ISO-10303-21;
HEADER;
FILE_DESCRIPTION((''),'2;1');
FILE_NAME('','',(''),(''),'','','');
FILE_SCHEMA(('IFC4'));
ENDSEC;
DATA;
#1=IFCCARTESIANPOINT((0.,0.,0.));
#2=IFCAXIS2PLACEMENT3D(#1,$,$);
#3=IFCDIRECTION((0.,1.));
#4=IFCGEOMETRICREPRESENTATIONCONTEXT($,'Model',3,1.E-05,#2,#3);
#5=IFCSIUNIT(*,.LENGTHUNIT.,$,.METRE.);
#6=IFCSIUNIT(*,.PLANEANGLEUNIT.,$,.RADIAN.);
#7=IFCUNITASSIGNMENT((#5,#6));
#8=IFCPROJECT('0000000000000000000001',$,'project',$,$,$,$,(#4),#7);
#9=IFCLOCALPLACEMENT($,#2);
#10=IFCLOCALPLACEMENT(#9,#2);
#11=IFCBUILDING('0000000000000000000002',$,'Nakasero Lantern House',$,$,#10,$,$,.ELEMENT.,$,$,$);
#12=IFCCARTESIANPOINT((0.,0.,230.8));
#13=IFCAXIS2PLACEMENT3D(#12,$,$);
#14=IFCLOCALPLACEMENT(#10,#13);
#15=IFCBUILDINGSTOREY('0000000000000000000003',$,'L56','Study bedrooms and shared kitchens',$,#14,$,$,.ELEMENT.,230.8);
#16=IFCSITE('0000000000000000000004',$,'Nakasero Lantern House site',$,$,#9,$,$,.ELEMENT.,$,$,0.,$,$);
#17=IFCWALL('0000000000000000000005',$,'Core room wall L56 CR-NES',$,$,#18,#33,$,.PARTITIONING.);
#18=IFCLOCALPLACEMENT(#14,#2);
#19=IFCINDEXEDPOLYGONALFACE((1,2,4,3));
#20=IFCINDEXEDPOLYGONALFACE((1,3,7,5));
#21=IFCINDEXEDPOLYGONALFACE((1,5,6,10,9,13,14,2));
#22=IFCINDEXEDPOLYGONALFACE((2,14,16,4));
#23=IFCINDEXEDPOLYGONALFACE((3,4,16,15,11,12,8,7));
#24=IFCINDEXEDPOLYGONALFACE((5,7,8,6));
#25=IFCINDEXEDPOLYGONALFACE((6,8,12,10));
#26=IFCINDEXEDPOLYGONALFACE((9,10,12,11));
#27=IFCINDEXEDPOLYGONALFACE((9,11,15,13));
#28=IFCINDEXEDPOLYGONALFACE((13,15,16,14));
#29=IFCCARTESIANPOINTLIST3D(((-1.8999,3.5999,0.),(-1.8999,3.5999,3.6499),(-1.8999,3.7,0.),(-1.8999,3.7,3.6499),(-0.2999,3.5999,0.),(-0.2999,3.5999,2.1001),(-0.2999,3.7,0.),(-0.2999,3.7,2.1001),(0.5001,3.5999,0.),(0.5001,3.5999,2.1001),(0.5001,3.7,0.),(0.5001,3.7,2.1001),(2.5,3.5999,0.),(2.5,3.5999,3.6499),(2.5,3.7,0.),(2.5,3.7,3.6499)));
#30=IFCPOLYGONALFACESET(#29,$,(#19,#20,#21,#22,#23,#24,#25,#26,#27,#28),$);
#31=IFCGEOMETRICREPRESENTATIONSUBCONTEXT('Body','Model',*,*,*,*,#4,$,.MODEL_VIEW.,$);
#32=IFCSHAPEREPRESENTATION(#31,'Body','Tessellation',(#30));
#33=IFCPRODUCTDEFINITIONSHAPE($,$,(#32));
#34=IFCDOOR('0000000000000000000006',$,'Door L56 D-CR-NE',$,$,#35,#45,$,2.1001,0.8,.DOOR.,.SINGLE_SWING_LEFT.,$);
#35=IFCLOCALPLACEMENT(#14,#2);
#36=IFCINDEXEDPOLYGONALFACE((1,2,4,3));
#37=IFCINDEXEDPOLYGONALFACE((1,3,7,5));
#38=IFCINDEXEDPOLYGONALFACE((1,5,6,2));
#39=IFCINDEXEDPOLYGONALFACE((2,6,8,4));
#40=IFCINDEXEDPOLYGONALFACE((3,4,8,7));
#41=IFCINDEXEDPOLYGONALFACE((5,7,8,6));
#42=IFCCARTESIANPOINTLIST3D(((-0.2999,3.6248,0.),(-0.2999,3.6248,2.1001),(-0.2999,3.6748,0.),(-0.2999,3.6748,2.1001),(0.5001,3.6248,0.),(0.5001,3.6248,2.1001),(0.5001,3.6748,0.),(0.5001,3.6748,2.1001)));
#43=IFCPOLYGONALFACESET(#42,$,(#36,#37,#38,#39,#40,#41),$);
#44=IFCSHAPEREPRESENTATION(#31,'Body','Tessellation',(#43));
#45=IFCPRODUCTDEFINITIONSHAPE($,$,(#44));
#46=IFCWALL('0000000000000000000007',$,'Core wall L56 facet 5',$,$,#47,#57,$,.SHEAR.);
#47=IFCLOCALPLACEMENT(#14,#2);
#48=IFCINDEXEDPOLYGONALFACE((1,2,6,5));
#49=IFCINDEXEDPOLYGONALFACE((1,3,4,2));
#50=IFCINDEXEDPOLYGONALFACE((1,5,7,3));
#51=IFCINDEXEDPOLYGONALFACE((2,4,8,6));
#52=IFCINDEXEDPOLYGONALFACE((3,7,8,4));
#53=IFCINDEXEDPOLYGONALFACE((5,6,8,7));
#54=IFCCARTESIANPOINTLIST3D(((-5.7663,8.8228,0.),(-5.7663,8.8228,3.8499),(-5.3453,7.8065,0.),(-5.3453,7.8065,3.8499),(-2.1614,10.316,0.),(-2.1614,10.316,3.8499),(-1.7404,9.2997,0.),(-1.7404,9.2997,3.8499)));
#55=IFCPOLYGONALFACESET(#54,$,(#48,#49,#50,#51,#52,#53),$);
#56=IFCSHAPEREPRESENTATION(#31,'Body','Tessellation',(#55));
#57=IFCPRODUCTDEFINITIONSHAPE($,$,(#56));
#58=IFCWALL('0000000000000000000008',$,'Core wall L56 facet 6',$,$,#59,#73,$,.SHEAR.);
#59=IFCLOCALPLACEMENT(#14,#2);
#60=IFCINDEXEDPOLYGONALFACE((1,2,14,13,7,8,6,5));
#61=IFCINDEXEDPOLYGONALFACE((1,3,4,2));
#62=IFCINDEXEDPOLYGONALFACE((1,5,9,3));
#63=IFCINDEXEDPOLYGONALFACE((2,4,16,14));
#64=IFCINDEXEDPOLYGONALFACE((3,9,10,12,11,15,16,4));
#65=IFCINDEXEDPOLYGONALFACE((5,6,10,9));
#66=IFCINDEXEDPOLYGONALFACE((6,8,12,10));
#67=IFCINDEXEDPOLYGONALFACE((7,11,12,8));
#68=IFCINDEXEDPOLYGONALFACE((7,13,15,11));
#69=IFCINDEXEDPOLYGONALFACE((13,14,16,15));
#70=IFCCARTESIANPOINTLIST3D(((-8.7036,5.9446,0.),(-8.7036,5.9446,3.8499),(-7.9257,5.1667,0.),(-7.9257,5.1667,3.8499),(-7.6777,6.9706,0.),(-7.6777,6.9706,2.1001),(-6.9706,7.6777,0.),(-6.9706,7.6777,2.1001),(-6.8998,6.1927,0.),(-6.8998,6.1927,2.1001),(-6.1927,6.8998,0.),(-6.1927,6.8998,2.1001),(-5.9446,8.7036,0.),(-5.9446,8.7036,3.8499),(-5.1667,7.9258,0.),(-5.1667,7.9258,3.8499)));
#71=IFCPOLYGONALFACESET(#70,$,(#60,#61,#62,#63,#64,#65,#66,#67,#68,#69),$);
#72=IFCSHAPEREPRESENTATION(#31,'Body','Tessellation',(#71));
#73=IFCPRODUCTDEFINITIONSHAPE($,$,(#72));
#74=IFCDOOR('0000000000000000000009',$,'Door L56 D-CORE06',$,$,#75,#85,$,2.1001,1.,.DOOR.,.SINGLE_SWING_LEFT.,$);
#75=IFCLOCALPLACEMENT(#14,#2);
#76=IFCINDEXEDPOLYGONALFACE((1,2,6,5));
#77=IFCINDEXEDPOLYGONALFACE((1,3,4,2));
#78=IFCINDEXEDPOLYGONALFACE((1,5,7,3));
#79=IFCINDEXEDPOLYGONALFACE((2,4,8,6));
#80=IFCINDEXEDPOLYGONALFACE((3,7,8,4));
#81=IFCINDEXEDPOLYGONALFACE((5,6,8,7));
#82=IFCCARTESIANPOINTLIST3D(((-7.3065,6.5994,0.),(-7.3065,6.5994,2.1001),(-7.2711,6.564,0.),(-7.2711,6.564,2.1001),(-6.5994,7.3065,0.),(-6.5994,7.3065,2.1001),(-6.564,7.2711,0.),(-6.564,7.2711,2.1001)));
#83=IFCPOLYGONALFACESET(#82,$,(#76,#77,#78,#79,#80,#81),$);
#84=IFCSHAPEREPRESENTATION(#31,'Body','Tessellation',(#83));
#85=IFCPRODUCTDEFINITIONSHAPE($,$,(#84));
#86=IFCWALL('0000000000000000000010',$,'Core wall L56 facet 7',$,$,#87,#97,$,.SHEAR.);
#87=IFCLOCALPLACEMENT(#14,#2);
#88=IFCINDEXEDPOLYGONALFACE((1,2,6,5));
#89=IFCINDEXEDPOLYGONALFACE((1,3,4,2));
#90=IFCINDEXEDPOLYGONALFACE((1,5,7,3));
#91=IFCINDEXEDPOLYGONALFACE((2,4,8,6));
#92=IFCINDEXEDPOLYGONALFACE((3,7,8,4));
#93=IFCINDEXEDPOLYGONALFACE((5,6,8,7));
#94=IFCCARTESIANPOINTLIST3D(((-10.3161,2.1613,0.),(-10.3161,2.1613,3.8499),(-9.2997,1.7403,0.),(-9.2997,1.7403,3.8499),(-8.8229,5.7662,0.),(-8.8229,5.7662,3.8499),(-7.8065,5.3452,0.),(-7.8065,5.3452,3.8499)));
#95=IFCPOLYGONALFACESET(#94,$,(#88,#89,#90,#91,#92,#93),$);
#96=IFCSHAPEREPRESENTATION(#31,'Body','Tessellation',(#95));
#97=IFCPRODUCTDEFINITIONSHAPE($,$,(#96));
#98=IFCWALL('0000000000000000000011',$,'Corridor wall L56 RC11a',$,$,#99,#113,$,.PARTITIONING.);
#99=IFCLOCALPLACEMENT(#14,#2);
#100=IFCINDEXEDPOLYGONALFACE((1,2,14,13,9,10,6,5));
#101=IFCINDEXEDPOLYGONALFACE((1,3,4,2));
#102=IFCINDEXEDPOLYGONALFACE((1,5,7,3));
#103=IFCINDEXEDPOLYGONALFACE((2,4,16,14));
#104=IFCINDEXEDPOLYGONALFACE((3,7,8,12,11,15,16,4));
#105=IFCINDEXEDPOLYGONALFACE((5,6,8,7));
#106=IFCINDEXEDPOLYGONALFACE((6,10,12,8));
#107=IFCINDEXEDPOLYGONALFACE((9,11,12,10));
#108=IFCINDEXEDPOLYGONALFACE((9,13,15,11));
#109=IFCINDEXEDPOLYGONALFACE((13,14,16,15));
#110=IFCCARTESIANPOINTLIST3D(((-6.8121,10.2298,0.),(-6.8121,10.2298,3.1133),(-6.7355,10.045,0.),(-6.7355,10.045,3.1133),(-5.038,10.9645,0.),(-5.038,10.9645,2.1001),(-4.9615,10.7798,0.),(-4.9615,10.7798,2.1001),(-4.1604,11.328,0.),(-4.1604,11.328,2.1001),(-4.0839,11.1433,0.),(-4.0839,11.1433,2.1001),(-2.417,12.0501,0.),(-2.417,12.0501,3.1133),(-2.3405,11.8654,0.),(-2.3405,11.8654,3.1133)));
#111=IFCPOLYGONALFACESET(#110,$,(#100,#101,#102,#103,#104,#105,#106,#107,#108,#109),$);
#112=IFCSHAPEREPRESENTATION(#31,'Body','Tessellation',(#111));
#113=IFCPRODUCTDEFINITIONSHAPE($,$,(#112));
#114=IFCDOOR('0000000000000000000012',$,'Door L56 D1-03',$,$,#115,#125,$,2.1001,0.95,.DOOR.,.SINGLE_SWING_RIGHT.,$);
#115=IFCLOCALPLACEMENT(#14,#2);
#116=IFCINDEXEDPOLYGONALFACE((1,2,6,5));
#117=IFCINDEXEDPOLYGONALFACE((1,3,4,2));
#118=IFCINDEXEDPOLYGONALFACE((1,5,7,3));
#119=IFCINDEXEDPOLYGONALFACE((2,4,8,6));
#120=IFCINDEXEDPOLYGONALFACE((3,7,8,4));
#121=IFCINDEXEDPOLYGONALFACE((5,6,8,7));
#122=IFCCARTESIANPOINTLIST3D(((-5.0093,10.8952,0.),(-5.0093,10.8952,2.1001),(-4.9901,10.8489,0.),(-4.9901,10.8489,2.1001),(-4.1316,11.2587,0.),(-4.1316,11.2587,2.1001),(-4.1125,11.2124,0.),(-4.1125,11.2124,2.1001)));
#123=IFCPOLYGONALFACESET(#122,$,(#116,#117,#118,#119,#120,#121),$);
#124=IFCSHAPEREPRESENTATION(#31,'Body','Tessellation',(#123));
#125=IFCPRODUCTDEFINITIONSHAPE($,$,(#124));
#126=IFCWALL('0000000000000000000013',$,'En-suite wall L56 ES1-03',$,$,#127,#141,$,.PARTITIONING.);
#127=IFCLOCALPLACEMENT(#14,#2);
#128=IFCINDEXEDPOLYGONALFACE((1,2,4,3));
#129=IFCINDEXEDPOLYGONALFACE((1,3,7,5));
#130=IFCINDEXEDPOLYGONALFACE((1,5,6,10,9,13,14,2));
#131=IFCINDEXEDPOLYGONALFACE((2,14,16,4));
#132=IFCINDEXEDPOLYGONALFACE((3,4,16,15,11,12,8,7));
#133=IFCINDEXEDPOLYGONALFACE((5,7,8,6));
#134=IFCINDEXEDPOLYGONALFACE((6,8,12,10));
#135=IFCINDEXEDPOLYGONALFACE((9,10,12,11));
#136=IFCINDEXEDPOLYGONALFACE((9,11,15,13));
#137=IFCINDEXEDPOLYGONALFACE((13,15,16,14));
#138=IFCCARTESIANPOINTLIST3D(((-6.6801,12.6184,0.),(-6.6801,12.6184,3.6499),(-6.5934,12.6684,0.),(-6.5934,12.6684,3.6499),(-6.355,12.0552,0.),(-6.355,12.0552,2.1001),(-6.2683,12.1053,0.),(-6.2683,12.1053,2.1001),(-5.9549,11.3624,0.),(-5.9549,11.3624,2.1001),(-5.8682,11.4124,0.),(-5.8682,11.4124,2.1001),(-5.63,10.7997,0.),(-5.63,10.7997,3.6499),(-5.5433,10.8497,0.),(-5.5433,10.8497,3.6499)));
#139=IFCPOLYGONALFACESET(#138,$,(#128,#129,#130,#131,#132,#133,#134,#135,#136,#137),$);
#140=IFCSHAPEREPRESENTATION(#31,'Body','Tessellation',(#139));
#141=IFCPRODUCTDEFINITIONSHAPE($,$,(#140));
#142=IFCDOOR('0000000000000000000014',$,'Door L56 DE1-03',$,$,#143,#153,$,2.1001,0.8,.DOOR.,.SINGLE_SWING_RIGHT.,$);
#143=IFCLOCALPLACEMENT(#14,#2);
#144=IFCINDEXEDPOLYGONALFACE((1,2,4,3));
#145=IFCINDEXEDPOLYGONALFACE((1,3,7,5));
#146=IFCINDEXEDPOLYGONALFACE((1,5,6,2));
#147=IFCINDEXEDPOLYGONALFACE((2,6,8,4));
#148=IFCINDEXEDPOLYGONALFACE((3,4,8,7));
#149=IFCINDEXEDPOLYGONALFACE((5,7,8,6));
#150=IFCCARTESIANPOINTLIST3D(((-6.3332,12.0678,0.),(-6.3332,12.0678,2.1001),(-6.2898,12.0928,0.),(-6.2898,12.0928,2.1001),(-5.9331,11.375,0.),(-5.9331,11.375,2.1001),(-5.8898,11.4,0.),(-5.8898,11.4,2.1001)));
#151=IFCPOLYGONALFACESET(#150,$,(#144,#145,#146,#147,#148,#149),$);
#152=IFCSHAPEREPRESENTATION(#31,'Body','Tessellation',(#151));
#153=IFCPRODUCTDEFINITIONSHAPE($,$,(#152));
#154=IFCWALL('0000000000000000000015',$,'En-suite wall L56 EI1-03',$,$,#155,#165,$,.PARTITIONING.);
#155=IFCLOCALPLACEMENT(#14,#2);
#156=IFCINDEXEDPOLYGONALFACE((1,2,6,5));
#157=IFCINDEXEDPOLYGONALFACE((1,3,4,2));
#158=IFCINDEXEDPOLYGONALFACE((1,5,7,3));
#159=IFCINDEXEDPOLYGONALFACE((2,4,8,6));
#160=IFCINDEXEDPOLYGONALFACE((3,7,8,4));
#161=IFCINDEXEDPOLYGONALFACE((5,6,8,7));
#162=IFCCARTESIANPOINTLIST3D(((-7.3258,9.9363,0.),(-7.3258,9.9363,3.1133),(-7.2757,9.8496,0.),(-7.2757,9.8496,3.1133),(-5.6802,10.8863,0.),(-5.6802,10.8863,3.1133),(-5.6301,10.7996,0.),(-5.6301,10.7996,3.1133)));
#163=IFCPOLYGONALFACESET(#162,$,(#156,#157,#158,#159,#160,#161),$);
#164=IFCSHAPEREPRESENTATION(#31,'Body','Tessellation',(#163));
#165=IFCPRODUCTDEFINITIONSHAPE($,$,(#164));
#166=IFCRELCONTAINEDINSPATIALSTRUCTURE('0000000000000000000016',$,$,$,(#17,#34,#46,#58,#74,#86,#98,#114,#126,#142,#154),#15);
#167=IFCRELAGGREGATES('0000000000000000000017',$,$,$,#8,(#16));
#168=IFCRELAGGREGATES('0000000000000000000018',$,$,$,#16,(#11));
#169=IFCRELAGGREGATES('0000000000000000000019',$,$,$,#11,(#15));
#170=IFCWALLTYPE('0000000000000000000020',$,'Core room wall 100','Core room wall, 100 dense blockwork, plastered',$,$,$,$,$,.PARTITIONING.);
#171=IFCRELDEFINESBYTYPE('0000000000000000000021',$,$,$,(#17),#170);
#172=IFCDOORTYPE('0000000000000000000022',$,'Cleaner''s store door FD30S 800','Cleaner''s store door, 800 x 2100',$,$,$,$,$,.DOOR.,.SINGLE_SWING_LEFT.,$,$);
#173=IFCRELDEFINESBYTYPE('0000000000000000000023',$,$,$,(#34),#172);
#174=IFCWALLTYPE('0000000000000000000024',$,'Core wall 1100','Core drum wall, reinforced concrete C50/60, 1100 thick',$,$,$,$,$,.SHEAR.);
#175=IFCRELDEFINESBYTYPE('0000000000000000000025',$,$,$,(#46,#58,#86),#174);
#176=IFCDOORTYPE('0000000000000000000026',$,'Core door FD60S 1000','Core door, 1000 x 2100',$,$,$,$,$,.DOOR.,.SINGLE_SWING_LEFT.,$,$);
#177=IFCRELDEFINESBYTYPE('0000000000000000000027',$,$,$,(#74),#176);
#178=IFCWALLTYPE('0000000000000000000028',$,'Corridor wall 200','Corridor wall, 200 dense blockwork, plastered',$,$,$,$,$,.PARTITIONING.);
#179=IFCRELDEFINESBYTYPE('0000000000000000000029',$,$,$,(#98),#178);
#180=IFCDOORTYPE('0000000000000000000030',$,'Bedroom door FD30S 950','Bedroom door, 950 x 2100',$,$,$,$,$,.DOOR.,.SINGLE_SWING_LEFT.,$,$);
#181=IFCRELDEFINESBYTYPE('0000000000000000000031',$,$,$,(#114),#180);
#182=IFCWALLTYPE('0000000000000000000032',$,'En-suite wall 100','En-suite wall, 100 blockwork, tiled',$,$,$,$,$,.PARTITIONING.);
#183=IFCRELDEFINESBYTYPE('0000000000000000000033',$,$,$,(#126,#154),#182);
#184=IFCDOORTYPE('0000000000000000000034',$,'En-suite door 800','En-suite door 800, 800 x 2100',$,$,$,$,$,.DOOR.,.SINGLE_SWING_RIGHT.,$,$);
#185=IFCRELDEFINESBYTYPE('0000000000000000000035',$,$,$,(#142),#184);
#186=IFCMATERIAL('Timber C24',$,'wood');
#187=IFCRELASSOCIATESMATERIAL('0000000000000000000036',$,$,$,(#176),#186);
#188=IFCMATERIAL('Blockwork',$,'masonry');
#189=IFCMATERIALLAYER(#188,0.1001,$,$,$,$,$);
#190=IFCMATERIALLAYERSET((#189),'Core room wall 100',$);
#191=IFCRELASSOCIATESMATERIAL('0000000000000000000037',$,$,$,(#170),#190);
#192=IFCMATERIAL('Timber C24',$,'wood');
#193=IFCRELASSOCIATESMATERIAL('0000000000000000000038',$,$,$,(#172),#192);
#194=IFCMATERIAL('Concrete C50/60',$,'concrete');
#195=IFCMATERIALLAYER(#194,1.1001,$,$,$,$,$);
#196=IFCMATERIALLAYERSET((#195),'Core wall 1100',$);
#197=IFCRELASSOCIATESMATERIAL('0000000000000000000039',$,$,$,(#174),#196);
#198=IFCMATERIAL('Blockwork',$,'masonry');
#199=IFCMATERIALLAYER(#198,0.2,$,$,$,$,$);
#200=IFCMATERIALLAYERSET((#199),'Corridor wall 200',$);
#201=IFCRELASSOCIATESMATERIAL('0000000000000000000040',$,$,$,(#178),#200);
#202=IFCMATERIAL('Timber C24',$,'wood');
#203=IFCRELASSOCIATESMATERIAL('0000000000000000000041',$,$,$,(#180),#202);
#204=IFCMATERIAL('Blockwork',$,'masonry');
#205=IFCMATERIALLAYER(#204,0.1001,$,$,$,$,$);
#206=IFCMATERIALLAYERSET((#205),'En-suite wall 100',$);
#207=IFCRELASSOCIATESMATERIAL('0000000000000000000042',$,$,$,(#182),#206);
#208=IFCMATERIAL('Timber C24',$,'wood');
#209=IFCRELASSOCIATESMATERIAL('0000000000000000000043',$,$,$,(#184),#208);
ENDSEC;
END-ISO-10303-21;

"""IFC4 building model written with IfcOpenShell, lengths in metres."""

from ifc_helpers import new_model, si_unit, direction, frame, frame_2d, origin, place, context, subcontext, project, spatial, rectangle, extrude, material, layer, layer_set, type_object, element, fill, save


model = new_model("IFC4")

# Units and contexts
model_context = context("Model", 3, precision=1e-05, world=origin(), true_north=direction((0.0, 1.0)))
body_context = subcontext(model_context, "Body", "Model", "MODEL_VIEW")
ifc_project = project(units=[si_unit("LENGTHUNIT", "METRE"), si_unit("PLANEANGLEUNIT", "RADIAN")], contexts=[model_context])

# Site, building, storey
site_placement = place(None, origin())
site = spatial("IfcSite", under=ifc_project, at=site_placement, Name="Nakasero Lantern House site", CompositionType="ELEMENT", RefElevation=0.0)
building_placement = place(site_placement, origin())
building = spatial("IfcBuilding", under=site, at=building_placement, Name="Nakasero Lantern House", CompositionType="ELEMENT")
storey_placement = place(building_placement, frame((0.0, 0.0, 230.8)))
storey = spatial("IfcBuildingStorey", under=building, at=storey_placement, Name="L56", Description="Study bedrooms and shared kitchens", CompositionType="ELEMENT", Elevation=230.8)

# Shared definitions
ifc_material_1 = material(Name="Timber C24", Category="wood")
door_type_1 = type_object("IfcDoorType", Name="Core door FD60S 1000", Description="Core door, 1000 x 2100", OperationType="SINGLE_SWING_LEFT", PredefinedType="DOOR", material=ifc_material_1)

# Wall, opening, door
ifc_material_2 = material(Name="Blockwork", Category="masonry")
ifc_layer_1 = layer(ifc_material_2, 0.1001)
ifc_layer_set_1 = layer_set([ifc_layer_1], Name="Core room wall 100")
wall_type_1 = type_object("IfcWallType", Name="Core room wall 100", Description="Core room wall, 100 dense blockwork, plastered", PredefinedType="PARTITIONING", material=ifc_layer_set_1)
wall_1_placement = place(storey_placement, frame((-1.8999, 3.6499, 0.0), z_axis=(0.0, 0.0, 1.0), x_axis=(1.0, 0.0, 0.0)))
wall_1 = element("IfcWall", 1, at=wall_1_placement, inside=storey, type_object=wall_type_1, Name="Core room wall L56 CR-NES", PredefinedType="PARTITIONING", context=body_context, shape_type="SweptSolid", body=[
    extrude(rectangle(XDim=4.3999, YDim=0.1001, at=frame_2d((2.2, 0.0))), origin(), (0.0, 0.0, 1.0), 3.6499),
])
opening_1_placement = place(wall_1_placement, frame((1.6001, 0.0, 0.0)))
opening_1 = element("IfcOpeningElement", 2, at=opening_1_placement, cuts=wall_1, PredefinedType="OPENING", context=body_context, shape_type="SweptSolid", body=[
    extrude(rectangle(XDim=0.8, YDim=2.1001, at=frame_2d((0.3999, 1.05))), frame((0.0, 0.0701, 0.0), z_axis=(0.0, -1.0, 0.0), x_axis=(1.0, 0.0, 0.0)), (0.0, 0.0, 1.0), 0.1401),
])
ifc_material_3 = material(Name="Timber C24", Category="wood")
door_type_2 = type_object("IfcDoorType", Name="Cleaner's store door FD30S 800", Description="Cleaner's store door, 800 x 2100", OperationType="SINGLE_SWING_LEFT", PredefinedType="DOOR", material=ifc_material_3)
door_1_placement = place(opening_1_placement, origin())
door_1 = element("IfcDoor", 3, at=door_1_placement, inside=storey, type_object=door_type_2, Name="Door L56 D-CR-NE", OperationType="SINGLE_SWING_LEFT", OverallHeight=2.1001, OverallWidth=0.8, PredefinedType="DOOR", context=body_context, shape_type="SweptSolid", body=[
    extrude(rectangle(XDim=0.8, YDim=2.1001, at=frame_2d((0.3999, 1.05))), frame((0.0, 0.0249, 0.0), z_axis=(0.0, -1.0, 0.0), x_axis=(1.0, 0.0, 0.0)), (0.0, 0.0, 1.0), 0.05),
])
fill(opening_1, door_1)

# Wall
ifc_material_4 = material(Name="Concrete C50/60", Category="concrete")
ifc_layer_2 = layer(ifc_material_4, 1.1001)
ifc_layer_set_2 = layer_set([ifc_layer_2], Name="Core wall 1100")
wall_type_2 = type_object("IfcWallType", Name="Core wall 1100", Description="Core drum wall, reinforced concrete C50/60, 1100 thick", PredefinedType="SHEAR", material=ifc_layer_set_2)
wall_2_placement = place(storey_placement, frame((-1.9509, 9.8079, 0.0), z_axis=(0.0, 0.0, 1.0), x_axis=(-0.923877, -0.382691, 0.0)))
element("IfcWall", 4, at=wall_2_placement, inside=storey, type_object=wall_type_2, Name="Core wall L56 facet 5", PredefinedType="SHEAR", context=body_context, shape_type="SweptSolid", body=[
    extrude(rectangle(XDim=3.9019, YDim=1.1001, at=frame_2d((1.9509, 0.0))), origin(), (0.0, 0.0, 1.0), 3.8499),
])

# Wall, opening, door
wall_3_placement = place(storey_placement, frame((-5.5557, 8.3147, 0.0), z_axis=(0.0, 0.0, 1.0), x_axis=(-0.707107, -0.707107, 0.0)))
wall_3 = element("IfcWall", 5, at=wall_3_placement, inside=storey, type_object=wall_type_2, Name="Core wall L56 facet 6", PredefinedType="SHEAR", context=body_context, shape_type="SweptSolid", body=[
    extrude(rectangle(XDim=3.9019, YDim=1.1001, at=frame_2d((1.9509, 0.0))), origin(), (0.0, 0.0, 1.0), 3.8499),
])
opening_2_placement = place(wall_3_placement, frame((1.4509, 0.0, 0.0)))
opening_2 = element("IfcOpeningElement", 6, at=opening_2_placement, cuts=wall_3, PredefinedType="OPENING", context=body_context, shape_type="SweptSolid", body=[
    extrude(rectangle(XDim=1.0, YDim=2.1001, at=frame_2d((0.5, 1.05))), frame((0.0, 0.5701, 0.0), z_axis=(0.0, -1.0, 0.0), x_axis=(1.0, 0.0, 0.0)), (0.0, 0.0, 1.0), 1.1401),
])
door_2_placement = place(opening_2_placement, origin())
door_2 = element("IfcDoor", 7, at=door_2_placement, inside=storey, type_object=door_type_1, Name="Door L56 D-CORE06", OperationType="SINGLE_SWING_LEFT", OverallHeight=2.1001, OverallWidth=1.0, PredefinedType="DOOR", context=body_context, shape_type="SweptSolid", body=[
    extrude(rectangle(XDim=1.0, YDim=2.1001, at=frame_2d((0.5, 1.05))), frame((0.0, 0.0249, 0.0), z_axis=(0.0, -1.0, 0.0), x_axis=(1.0, 0.0, 0.0)), (0.0, 0.0, 1.0), 0.05),
])
fill(opening_2, door_2)

# Wall
wall_4_placement = place(storey_placement, frame((-8.3147, 5.5557, 0.0), z_axis=(0.0, 0.0, 1.0), x_axis=(-0.382691, -0.923877, 0.0)))
element("IfcWall", 8, at=wall_4_placement, inside=storey, type_object=wall_type_2, Name="Core wall L56 facet 7", PredefinedType="SHEAR", context=body_context, shape_type="SweptSolid", body=[
    extrude(rectangle(XDim=3.9019, YDim=1.1001, at=frame_2d((1.9509, 0.0))), origin(), (0.0, 0.0, 1.0), 3.8499),
])

# Walls, openings, doors
ifc_material_5 = material(Name="Blockwork", Category="masonry")
ifc_layer_3 = layer(ifc_material_5, 0.2)
ifc_layer_set_3 = layer_set([ifc_layer_3], Name="Corridor wall 200")
wall_type_3 = type_object("IfcWallType", Name="Corridor wall 200", Description="Corridor wall, 200 dense blockwork, plastered", PredefinedType="PARTITIONING", material=ifc_layer_set_3)
wall_5_placement = place(storey_placement, frame((-6.7737, 10.1375, 0.0), z_axis=(0.0, 0.0, 1.0), x_axis=(0.923892, 0.382654, 0.0)))
wall_5 = element("IfcWall", 9, at=wall_5_placement, inside=storey, type_object=wall_type_3, Name="Corridor wall L56 RC11a", PredefinedType="PARTITIONING", context=body_context, shape_type="SweptSolid", body=[
    extrude(rectangle(XDim=4.7571, YDim=0.2, at=frame_2d((2.3784, 0.0))), origin(), (0.0, 0.0, 1.0), 3.1133),
])
opening_3_placement = place(wall_5_placement, frame((1.9199, 0.0, 0.0)))
opening_3 = element("IfcOpeningElement", 10, at=opening_3_placement, cuts=wall_5, PredefinedType="OPENING", context=body_context, shape_type="SweptSolid", body=[
    extrude(rectangle(XDim=0.95, YDim=2.1001, at=frame_2d((0.4751, 1.05))), frame((0.0, 0.1199, 0.0), z_axis=(0.0, -1.0, 0.0), x_axis=(1.0, 0.0, 0.0)), (0.0, 0.0, 1.0), 0.24),
])
ifc_material_6 = material(Name="Timber C24", Category="wood")
door_type_3 = type_object("IfcDoorType", Name="Bedroom door FD30S 950", Description="Bedroom door, 950 x 2100", OperationType="SINGLE_SWING_LEFT", PredefinedType="DOOR", material=ifc_material_6)
door_3_placement = place(opening_3_placement, origin())
door_3 = element("IfcDoor", 11, at=door_3_placement, inside=storey, type_object=door_type_3, Name="Door L56 D1-03", OperationType="SINGLE_SWING_RIGHT", OverallHeight=2.1001, OverallWidth=0.95, PredefinedType="DOOR", context=body_context, shape_type="SweptSolid", body=[
    extrude(rectangle(XDim=0.95, YDim=2.1001, at=frame_2d((0.4751, 1.05))), frame((0.0, 0.0249, 0.0), z_axis=(0.0, -1.0, 0.0), x_axis=(1.0, 0.0, 0.0)), (0.0, 0.0, 1.0), 0.05),
])
fill(opening_3, door_3)
ifc_material_7 = material(Name="Blockwork", Category="masonry")
ifc_layer_4 = layer(ifc_material_7, 0.1001)
ifc_layer_set_4 = layer_set([ifc_layer_4], Name="En-suite wall 100")
wall_type_4 = type_object("IfcWallType", Name="En-suite wall 100", Description="En-suite wall, 100 blockwork, tiled", PredefinedType="PARTITIONING", material=ifc_layer_set_4)
wall_6_placement = place(storey_placement, frame((-5.5867, 10.8247, 0.0), z_axis=(0.0, 0.0, 1.0), x_axis=(-0.500028, 0.866009, 0.0)))
wall_6 = element("IfcWall", 12, at=wall_6_placement, inside=storey, type_object=wall_type_4, Name="En-suite wall L56 ES1-03", PredefinedType="PARTITIONING", context=body_context, shape_type="SweptSolid", body=[
    extrude(rectangle(XDim=2.1001, YDim=0.1001, at=frame_2d((1.05, 0.0))), origin(), (0.0, 0.0, 1.0), 3.6499),
])
opening_4_placement = place(wall_6_placement, frame((0.6499, 0.0, 0.0)))
opening_4 = element("IfcOpeningElement", 13, at=opening_4_placement, cuts=wall_6, PredefinedType="OPENING", context=body_context, shape_type="SweptSolid", body=[
    extrude(rectangle(XDim=0.8, YDim=2.1001, at=frame_2d((0.3999, 1.05))), frame((0.0, 0.0701, 0.0), z_axis=(0.0, -1.0, 0.0), x_axis=(1.0, 0.0, 0.0)), (0.0, 0.0, 1.0), 0.1401),
])
ifc_material_8 = material(Name="Timber C24", Category="wood")
door_type_4 = type_object("IfcDoorType", Name="En-suite door 800", Description="En-suite door 800, 800 x 2100", OperationType="SINGLE_SWING_RIGHT", PredefinedType="DOOR", material=ifc_material_8)
door_4_placement = place(opening_4_placement, origin())
door_4 = element("IfcDoor", 14, at=door_4_placement, inside=storey, type_object=door_type_4, Name="Door L56 DE1-03", OperationType="SINGLE_SWING_RIGHT", OverallHeight=2.1001, OverallWidth=0.8, PredefinedType="DOOR", context=body_context, shape_type="SweptSolid", body=[
    extrude(rectangle(XDim=0.8, YDim=2.1001, at=frame_2d((0.3999, 1.05))), frame((0.0, 0.0249, 0.0), z_axis=(0.0, -1.0, 0.0), x_axis=(1.0, 0.0, 0.0)), (0.0, 0.0, 1.0), 0.05),
])
fill(opening_4, door_4)

# Wall
wall_7_placement = place(storey_placement, frame((-5.655, 10.843, 0.0), z_axis=(0.0, 0.0, 1.0), x_axis=(-0.866044, -0.499967, 0.0)))
element("IfcWall", 15, at=wall_7_placement, inside=storey, type_object=wall_type_4, Name="En-suite wall L56 EI1-03", PredefinedType="PARTITIONING", context=body_context, shape_type="SweptSolid", body=[
    extrude(rectangle(XDim=1.9001, YDim=0.1001, at=frame_2d((0.9502, 0.0))), origin(), (0.0, 0.0, 1.0), 3.1133),
])

save(model, "model.ifc")
